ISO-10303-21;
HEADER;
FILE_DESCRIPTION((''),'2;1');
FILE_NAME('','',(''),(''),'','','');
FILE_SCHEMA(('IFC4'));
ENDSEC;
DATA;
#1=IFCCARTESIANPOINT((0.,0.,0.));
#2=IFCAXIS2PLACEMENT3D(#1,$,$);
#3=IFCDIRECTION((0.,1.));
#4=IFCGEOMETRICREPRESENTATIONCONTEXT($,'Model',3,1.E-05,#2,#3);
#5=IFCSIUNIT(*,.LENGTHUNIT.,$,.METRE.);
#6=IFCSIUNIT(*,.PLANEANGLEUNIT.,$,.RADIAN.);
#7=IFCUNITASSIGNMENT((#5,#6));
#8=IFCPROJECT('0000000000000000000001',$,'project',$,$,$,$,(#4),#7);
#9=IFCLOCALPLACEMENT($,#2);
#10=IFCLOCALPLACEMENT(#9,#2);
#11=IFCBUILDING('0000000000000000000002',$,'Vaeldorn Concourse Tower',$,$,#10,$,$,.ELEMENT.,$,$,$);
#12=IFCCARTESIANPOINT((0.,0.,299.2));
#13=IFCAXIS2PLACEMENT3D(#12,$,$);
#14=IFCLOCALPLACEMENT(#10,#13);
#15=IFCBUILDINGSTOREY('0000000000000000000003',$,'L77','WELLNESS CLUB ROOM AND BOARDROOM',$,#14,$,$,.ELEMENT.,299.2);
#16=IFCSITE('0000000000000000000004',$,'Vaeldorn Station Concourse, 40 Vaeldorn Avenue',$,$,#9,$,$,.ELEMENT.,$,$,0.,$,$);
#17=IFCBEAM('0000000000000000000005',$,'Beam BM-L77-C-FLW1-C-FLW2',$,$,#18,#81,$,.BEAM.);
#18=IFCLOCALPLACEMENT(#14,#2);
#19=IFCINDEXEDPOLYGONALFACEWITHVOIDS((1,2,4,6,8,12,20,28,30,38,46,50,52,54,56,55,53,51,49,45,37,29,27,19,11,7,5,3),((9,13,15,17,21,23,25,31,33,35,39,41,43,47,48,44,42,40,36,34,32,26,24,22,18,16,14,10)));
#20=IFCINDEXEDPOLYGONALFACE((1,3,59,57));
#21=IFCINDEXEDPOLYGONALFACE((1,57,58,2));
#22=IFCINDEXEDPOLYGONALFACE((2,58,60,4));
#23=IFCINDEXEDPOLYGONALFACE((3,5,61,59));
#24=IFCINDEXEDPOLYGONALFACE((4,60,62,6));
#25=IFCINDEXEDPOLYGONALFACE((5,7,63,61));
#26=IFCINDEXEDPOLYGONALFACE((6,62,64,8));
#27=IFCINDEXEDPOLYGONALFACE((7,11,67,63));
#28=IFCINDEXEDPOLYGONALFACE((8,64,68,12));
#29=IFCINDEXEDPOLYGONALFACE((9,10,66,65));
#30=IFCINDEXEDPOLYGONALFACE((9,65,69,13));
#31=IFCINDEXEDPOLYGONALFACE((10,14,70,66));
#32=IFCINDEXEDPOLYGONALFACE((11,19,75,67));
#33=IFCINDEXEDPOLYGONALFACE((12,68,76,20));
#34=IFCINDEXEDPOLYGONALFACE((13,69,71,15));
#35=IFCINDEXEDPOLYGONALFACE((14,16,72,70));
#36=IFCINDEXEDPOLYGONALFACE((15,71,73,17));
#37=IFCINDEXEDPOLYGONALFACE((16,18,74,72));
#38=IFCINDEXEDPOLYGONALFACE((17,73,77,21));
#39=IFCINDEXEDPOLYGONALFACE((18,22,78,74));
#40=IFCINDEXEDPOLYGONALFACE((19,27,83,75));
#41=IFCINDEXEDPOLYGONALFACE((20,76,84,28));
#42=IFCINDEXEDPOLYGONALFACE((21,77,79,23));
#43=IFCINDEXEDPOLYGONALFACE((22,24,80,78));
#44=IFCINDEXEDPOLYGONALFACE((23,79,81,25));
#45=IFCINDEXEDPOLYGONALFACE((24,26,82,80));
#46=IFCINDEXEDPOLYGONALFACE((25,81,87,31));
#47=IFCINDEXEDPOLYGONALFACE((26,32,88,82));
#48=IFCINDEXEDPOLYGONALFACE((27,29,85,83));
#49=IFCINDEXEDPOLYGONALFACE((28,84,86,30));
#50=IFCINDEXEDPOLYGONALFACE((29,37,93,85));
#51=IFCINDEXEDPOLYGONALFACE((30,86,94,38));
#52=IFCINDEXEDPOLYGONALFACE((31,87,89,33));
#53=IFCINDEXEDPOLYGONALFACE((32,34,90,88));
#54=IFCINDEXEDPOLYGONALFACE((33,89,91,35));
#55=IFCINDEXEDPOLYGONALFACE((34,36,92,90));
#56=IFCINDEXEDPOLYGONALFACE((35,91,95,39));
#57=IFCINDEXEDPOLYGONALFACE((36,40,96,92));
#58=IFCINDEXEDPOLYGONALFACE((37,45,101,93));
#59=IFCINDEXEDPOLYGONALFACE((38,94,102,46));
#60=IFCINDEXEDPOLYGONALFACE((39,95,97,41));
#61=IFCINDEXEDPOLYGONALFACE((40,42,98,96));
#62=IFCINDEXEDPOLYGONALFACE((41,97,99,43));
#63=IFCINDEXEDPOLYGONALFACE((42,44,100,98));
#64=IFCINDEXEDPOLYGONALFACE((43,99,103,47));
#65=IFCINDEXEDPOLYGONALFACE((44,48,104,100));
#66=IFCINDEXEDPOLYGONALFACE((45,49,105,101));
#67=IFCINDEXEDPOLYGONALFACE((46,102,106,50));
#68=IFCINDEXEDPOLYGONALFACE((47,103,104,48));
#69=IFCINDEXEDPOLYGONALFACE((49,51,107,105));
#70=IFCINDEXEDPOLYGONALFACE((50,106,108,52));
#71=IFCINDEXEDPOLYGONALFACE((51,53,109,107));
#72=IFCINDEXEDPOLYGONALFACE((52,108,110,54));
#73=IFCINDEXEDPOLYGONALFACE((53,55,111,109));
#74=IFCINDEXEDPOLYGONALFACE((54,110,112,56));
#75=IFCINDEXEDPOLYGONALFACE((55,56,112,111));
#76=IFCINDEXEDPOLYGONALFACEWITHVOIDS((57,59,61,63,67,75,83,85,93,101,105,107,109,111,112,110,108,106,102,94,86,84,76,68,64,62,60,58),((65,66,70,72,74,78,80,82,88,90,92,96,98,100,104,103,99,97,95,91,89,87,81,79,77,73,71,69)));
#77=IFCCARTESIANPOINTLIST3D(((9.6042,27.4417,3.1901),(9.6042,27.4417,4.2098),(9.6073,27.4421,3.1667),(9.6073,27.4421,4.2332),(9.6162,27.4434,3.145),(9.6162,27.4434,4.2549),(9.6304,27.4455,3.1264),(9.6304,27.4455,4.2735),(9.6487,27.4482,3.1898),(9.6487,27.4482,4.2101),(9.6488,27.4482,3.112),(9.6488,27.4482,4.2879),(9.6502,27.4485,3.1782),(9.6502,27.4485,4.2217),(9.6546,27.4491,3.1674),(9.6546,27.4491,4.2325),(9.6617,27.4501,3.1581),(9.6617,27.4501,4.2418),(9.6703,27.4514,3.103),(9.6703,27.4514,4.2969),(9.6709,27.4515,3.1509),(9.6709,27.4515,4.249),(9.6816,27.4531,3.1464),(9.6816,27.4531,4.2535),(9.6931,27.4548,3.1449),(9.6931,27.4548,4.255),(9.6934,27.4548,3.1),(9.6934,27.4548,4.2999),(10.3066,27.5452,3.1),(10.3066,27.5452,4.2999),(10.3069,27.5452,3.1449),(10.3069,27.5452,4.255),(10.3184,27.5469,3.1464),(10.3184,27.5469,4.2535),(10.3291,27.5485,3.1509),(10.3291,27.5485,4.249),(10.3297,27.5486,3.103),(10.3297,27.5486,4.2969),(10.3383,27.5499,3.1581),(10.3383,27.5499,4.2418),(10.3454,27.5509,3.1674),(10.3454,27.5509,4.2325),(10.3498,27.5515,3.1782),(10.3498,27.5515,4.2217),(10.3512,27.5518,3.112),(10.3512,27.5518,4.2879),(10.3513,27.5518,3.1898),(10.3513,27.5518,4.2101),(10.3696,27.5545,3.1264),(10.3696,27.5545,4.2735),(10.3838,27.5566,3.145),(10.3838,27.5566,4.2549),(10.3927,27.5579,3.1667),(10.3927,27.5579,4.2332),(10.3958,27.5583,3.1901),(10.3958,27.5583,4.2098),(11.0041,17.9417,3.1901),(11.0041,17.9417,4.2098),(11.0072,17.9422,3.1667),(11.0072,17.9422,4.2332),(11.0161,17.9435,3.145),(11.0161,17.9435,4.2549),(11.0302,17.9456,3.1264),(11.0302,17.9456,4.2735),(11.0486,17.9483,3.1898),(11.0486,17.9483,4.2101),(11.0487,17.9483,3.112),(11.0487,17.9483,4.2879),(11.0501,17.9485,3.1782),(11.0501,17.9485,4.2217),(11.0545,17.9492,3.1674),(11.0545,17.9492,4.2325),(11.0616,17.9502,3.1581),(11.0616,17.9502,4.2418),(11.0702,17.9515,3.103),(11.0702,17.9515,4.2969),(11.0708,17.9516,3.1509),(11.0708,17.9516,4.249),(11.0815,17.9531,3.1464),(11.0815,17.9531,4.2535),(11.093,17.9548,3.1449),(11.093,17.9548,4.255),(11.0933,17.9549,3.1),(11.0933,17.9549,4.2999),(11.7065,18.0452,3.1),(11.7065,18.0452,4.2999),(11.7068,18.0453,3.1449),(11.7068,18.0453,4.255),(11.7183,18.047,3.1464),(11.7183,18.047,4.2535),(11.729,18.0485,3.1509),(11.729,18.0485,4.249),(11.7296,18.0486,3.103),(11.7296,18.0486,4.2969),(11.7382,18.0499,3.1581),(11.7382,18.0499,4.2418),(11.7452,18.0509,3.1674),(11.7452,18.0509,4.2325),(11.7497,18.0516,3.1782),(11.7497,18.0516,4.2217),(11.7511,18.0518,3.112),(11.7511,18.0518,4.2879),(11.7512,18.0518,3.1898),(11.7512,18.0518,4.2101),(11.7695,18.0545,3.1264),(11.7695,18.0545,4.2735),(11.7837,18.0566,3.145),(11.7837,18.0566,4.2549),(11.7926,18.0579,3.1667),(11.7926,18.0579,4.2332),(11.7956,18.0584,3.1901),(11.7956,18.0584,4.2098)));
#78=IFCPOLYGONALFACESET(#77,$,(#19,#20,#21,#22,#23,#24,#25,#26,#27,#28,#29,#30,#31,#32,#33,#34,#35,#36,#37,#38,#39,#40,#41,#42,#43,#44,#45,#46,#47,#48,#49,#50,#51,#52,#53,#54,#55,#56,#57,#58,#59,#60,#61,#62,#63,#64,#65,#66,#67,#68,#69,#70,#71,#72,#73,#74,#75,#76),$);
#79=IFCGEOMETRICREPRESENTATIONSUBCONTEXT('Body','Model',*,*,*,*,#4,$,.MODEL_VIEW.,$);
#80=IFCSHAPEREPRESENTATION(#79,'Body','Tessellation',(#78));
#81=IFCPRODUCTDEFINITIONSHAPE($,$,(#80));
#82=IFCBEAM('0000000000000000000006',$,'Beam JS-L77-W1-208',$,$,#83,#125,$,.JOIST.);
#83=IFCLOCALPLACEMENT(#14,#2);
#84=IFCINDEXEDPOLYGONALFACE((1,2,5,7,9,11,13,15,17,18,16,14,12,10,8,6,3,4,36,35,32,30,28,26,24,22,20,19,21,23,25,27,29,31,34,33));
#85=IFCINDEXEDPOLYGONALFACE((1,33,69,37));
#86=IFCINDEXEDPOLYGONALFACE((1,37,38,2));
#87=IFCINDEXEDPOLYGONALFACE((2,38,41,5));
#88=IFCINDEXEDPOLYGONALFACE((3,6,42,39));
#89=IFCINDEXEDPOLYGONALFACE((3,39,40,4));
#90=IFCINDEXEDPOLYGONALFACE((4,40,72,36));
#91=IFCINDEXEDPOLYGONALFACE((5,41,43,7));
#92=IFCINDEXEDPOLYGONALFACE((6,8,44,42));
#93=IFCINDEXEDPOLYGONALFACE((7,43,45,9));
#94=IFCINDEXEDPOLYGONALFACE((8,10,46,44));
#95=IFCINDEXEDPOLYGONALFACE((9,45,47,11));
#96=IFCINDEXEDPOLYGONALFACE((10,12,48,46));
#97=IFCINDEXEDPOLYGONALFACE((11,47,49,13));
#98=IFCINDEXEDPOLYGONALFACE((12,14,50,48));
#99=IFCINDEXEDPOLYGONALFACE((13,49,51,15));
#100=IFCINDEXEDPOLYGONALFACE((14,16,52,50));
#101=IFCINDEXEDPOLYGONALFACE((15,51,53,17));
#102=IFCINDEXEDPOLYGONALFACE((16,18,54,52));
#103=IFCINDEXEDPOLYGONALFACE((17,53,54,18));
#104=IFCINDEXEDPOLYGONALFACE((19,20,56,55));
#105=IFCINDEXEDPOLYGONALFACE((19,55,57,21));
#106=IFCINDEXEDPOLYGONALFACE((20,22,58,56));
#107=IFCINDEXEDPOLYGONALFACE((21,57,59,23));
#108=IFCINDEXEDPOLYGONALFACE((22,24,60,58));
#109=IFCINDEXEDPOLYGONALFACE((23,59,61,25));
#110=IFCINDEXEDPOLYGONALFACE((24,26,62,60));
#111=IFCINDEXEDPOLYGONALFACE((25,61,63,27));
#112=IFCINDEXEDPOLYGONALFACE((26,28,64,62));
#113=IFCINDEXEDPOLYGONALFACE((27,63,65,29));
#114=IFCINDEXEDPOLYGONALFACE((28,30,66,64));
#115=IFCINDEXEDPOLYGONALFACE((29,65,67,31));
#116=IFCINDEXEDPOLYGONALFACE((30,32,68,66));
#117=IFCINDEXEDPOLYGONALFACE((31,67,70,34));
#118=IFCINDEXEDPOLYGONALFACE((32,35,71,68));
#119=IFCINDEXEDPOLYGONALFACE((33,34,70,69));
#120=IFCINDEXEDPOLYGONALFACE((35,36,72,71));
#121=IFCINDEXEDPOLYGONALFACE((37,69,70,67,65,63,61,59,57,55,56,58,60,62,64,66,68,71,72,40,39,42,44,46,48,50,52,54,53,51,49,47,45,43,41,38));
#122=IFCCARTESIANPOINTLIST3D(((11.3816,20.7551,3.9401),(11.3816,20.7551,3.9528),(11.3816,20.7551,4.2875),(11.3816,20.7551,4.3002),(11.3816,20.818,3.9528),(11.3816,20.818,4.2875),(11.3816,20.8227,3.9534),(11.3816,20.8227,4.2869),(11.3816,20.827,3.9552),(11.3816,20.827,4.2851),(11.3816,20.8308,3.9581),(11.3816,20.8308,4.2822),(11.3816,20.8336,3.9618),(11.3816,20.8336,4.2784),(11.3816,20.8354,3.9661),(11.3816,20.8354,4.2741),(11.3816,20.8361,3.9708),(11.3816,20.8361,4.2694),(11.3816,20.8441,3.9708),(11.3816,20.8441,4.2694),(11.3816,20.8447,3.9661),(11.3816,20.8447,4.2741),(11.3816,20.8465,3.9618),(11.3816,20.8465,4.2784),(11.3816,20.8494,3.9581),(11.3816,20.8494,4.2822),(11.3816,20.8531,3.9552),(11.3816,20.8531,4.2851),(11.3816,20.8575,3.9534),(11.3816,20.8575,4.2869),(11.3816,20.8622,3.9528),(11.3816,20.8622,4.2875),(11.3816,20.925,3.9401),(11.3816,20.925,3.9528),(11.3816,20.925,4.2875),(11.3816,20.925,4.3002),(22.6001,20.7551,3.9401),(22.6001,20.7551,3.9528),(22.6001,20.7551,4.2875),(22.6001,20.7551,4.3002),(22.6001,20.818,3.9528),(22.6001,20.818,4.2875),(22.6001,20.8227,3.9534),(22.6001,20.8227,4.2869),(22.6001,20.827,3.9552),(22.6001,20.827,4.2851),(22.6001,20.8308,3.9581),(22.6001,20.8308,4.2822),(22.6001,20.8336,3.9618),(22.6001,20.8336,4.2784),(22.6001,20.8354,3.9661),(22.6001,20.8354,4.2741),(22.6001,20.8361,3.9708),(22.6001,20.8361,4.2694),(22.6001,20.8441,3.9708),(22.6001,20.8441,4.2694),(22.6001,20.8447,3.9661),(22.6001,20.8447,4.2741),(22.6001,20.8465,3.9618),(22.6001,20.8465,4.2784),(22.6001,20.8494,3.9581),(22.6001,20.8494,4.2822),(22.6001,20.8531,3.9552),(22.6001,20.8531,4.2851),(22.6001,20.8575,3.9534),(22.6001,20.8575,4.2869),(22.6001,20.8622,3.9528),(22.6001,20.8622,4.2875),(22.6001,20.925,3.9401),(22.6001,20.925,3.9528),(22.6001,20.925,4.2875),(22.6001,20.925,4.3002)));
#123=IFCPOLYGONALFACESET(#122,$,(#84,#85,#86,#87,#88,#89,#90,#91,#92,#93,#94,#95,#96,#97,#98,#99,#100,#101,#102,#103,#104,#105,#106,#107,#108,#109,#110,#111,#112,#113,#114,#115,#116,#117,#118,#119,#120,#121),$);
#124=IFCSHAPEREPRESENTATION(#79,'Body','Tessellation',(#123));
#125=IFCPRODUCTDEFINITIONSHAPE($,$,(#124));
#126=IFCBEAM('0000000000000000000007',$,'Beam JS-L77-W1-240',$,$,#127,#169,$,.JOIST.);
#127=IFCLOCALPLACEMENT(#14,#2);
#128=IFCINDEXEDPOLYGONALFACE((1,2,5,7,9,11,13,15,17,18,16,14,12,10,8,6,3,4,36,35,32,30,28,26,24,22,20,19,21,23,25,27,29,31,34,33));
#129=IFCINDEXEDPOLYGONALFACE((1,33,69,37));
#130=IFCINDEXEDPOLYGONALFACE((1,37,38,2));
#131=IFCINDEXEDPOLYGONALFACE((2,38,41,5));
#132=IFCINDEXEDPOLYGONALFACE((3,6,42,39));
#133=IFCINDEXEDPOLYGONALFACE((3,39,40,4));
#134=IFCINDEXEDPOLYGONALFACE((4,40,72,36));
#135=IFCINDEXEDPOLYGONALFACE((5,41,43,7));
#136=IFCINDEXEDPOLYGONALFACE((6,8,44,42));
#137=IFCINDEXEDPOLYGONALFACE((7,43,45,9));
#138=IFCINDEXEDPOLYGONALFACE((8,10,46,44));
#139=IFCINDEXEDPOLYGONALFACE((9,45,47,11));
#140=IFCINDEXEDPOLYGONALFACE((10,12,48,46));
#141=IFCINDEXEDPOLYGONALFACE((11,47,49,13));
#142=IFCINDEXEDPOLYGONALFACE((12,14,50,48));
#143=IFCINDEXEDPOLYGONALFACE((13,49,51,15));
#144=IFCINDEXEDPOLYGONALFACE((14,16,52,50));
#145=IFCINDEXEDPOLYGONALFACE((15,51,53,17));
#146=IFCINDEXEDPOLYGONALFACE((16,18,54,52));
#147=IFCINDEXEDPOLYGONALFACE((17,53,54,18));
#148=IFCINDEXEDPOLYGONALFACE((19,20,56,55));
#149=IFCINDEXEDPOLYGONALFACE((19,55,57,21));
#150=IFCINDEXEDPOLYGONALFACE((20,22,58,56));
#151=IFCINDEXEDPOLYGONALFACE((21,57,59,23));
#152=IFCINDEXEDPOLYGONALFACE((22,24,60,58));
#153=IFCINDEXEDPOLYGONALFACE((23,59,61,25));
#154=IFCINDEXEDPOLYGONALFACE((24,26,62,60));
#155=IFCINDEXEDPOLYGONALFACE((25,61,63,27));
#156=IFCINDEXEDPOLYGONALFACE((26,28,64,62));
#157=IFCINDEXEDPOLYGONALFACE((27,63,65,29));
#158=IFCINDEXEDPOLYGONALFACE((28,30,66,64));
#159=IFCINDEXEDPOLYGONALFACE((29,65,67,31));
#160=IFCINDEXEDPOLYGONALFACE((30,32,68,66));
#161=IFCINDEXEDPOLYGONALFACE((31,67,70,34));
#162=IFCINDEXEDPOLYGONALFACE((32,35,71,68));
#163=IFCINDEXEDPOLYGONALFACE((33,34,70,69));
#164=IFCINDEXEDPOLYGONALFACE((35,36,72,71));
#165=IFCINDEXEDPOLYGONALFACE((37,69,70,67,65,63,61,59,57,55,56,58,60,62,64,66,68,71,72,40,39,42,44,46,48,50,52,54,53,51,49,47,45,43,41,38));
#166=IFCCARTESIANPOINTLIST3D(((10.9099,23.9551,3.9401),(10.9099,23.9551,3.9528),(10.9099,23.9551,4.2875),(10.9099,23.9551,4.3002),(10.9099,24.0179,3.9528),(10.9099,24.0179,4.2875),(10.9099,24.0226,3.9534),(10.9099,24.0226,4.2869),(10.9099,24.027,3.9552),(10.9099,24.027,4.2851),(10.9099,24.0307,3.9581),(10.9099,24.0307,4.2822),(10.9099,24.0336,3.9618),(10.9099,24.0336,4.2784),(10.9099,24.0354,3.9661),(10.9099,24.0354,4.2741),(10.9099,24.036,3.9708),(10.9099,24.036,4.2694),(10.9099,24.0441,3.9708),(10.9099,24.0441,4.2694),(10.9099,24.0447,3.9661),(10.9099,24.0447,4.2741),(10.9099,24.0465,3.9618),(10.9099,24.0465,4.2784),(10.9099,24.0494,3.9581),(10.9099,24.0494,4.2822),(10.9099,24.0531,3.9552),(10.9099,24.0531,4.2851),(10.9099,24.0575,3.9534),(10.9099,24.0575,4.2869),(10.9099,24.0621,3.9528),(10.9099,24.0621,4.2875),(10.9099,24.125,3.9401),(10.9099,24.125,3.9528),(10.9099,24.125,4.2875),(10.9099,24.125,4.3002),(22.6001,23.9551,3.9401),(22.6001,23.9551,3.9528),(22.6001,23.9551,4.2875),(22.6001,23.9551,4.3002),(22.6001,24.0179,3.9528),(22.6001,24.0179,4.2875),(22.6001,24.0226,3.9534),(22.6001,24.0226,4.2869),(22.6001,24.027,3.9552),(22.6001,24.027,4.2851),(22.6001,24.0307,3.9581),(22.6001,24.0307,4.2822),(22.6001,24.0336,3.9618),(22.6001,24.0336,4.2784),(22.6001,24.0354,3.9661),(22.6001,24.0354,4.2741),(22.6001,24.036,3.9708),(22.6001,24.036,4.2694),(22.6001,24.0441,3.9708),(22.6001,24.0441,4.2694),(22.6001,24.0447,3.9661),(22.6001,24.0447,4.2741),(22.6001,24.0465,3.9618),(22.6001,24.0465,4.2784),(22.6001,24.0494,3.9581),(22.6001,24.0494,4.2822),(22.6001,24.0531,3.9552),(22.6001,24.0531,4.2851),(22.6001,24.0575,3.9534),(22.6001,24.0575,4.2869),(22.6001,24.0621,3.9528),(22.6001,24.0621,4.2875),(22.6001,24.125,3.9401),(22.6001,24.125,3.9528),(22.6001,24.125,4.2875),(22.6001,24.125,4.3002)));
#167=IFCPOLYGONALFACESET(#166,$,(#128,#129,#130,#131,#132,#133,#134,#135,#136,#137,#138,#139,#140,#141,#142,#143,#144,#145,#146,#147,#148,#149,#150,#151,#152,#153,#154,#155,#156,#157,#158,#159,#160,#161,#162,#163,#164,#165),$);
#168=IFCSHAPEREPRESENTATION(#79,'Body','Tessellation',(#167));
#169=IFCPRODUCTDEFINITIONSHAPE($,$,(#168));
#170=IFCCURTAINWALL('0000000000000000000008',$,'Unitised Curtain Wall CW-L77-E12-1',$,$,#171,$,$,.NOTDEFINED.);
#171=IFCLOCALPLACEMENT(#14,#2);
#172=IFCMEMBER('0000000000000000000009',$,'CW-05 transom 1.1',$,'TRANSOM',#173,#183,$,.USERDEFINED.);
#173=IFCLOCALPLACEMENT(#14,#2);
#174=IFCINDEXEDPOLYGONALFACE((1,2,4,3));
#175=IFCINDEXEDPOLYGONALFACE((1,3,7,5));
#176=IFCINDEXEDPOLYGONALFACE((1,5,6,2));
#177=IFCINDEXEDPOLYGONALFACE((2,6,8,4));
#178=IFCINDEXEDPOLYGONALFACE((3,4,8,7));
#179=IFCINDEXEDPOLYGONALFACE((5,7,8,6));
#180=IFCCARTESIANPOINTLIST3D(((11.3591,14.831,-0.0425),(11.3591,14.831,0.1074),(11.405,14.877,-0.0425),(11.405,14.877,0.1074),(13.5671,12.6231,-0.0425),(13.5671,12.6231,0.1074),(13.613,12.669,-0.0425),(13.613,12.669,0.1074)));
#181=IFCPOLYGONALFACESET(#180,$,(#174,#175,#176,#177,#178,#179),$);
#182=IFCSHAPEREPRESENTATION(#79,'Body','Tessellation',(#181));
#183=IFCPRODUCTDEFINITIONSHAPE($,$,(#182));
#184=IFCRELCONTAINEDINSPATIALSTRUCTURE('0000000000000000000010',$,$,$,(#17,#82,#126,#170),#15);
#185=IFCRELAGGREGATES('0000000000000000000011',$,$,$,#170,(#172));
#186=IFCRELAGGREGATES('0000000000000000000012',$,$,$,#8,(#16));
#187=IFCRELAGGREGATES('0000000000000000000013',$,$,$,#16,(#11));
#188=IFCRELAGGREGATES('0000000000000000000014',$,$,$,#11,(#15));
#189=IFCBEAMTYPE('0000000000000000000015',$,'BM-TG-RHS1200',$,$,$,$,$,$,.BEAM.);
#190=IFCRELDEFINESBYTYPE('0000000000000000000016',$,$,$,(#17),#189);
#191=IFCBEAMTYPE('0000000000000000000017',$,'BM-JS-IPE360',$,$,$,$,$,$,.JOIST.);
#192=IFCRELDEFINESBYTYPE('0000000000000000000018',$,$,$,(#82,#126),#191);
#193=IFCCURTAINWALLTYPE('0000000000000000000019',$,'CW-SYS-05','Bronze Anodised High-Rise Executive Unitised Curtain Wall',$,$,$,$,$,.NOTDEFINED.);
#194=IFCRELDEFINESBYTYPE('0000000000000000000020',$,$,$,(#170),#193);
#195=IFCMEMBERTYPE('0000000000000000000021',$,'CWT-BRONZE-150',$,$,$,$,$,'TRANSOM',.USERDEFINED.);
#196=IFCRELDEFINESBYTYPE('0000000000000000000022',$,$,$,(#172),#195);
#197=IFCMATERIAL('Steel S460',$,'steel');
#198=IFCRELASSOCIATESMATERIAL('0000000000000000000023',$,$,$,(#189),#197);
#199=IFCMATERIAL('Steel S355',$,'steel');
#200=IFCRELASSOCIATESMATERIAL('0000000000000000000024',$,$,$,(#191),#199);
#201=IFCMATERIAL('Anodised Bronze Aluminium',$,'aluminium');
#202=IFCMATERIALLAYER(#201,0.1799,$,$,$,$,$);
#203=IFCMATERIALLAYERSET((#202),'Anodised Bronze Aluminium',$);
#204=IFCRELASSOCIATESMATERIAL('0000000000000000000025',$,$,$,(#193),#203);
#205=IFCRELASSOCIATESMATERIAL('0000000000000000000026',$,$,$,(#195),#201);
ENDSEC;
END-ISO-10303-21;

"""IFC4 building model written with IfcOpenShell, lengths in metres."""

from ifc_helpers import new_model, si_unit, direction, frame, origin, origin_2d, place, context, subcontext, project, spatial, rectangle, hollow_rectangle, i_section, extrude, source, transform, mapped, material, layer, layer_set, material_profile, profile_set, type_object, element, aggregate, save


model = new_model("IFC4")

# Units and contexts
model_context = context("Model", 3, precision=1e-05, world=origin(), true_north=direction((0.0, 1.0)))
body_context = subcontext(model_context, "Body", "Model", "MODEL_VIEW")
ifc_project = project(units=[si_unit("LENGTHUNIT", "METRE"), si_unit("PLANEANGLEUNIT", "RADIAN")], contexts=[model_context])

# Site, building, storey
site_placement = place(None, origin())
site = spatial("IfcSite", under=ifc_project, at=site_placement, Name="Vaeldorn Station Concourse, 40 Vaeldorn Avenue", CompositionType="ELEMENT", RefElevation=0.0)
building_placement = place(site_placement, origin())
building = spatial("IfcBuilding", under=site, at=building_placement, Name="Vaeldorn Concourse Tower", CompositionType="ELEMENT")
storey_placement = place(building_placement, frame((0.0, 0.0, 299.2)))
storey = spatial("IfcBuildingStorey", under=building, at=storey_placement, Name="L77", Description="WELLNESS CLUB ROOM AND BOARDROOM", CompositionType="ELEMENT", Elevation=299.2)

# Shared definitions
ifc_material_1 = material(Name="Steel S355", Category="steel")

# Beams
ifc_material_2 = material(Name="Steel S460", Category="steel")
ifc_material_profile_1 = material_profile(ifc_material_2, hollow_rectangle(XDim=0.8, YDim=1.2, WallThickness=0.0449, InnerFilletRadius=0.0449, OuterFilletRadius=0.0901, at=origin_2d()), Name="RHS 1200x800x45")
ifc_profile_set_1 = profile_set([ifc_material_profile_1], Name="Steel S460")
beam_type_1 = type_object("IfcBeamType", Name="BM-TG-RHS1200", PredefinedType="BEAM", material=ifc_profile_set_1)
shared_shape_1 = source(origin(), body_context, "Body", "SweptSolid", [
    extrude(hollow_rectangle(XDim=0.8, YDim=1.2, WallThickness=0.0449, InnerFilletRadius=0.0449, OuterFilletRadius=0.0901, at=origin_2d()), origin(), (0.0, 0.0, 1.0), 9.6025),
])
beam_1_placement = place(storey_placement, frame((10.0, 27.5, 3.7), z_axis=(0.145784, -0.989316, 0.0), x_axis=(0.989316, 0.145784, 0.0)))
element("IfcBeam", 1, at=beam_1_placement, inside=storey, type_object=beam_type_1, Name="Beam BM-L77-C-FLW1-C-FLW2", PredefinedType="BEAM", context=body_context, shape_type="MappedRepresentation", body=[
    mapped(shared_shape_1, transform((0.0, 0.0, 0.0), scale=1.0)),
])
ifc_material_profile_2 = material_profile(ifc_material_1, i_section(OverallWidth=0.1699, OverallDepth=0.3601, WebThickness=0.0081, FlangeThickness=0.0127, FilletRadius=0.0181, at=origin_2d()), Name="IPE 360")
ifc_profile_set_2 = profile_set([ifc_material_profile_2], Name="Steel S355")
beam_type_2 = type_object("IfcBeamType", Name="BM-JS-IPE360", PredefinedType="JOIST", material=ifc_profile_set_2)
shared_shape_2 = source(origin(), body_context, "Body", "SweptSolid", [
    extrude(i_section(OverallWidth=0.1699, OverallDepth=0.3601, WebThickness=0.0081, FlangeThickness=0.0127, FilletRadius=0.0181, at=origin_2d()), origin(), (0.0, 0.0, 1.0), 11.2185),
])
beam_2_placement = place(storey_placement, frame((11.3816, 20.8401, 4.1201), z_axis=(1.0, 0.0, 0.0), x_axis=(0.0, 1.0, 0.0)))
element("IfcBeam", 2, at=beam_2_placement, inside=storey, type_object=beam_type_2, Name="Beam JS-L77-W1-208", PredefinedType="JOIST", context=body_context, shape_type="MappedRepresentation", body=[
    mapped(shared_shape_2, transform((0.0, 0.0, 0.0), scale=1.0)),
])
shared_shape_3 = source(origin(), body_context, "Body", "SweptSolid", [
    extrude(i_section(OverallWidth=0.1699, OverallDepth=0.3601, WebThickness=0.0081, FlangeThickness=0.0127, FilletRadius=0.0181, at=origin_2d()), origin(), (0.0, 0.0, 1.0), 11.6902),
])
beam_3_placement = place(storey_placement, frame((10.9099, 24.04, 4.1201), z_axis=(1.0, 0.0, 0.0), x_axis=(0.0, 1.0, 0.0)))
element("IfcBeam", 3, at=beam_3_placement, inside=storey, type_object=beam_type_2, Name="Beam JS-L77-W1-240", PredefinedType="JOIST", context=body_context, shape_type="MappedRepresentation", body=[
    mapped(shared_shape_3, transform((0.0, 0.0, 0.0), scale=1.0)),
])

# Curtain wall, member
ifc_material_3 = material(Name="Anodised Bronze Aluminium", Category="aluminium")
ifc_layer_1 = layer(ifc_material_3, 0.1799)
ifc_layer_set_1 = layer_set([ifc_layer_1], Name="Anodised Bronze Aluminium")
curtain_wall_type = type_object("IfcCurtainWallType", Name="CW-SYS-05", Description="Bronze Anodised High-Rise Executive Unitised Curtain Wall", PredefinedType="NOTDEFINED", material=ifc_layer_set_1)
curtain_wall_1_placement = place(storey_placement, origin())
curtain_wall_1 = element("IfcCurtainWall", 4, at=curtain_wall_1_placement, inside=storey, type_object=curtain_wall_type, Name="Unitised Curtain Wall CW-L77-E12-1", PredefinedType="NOTDEFINED")
ifc_material_profile_3 = material_profile(ifc_material_3, rectangle(XDim=0.0649, YDim=0.1499, at=origin_2d()), Name="CWT 65x150")
ifc_profile_set_3 = profile_set([ifc_material_profile_3], Name="Anodised Bronze Aluminium")
member_type_1 = type_object("IfcMemberType", Name="CWT-BRONZE-150", ElementType="TRANSOM", PredefinedType="USERDEFINED", material=ifc_profile_set_3)
shared_shape_4 = source(origin(), body_context, "Body", "SweptSolid", [
    extrude(rectangle(XDim=0.0649, YDim=0.1499, at=origin_2d()), origin(), (0.0, 0.0, 1.0), 3.1226),
])
member_1_placement = place(storey_placement, frame((11.3821, 14.854, 0.0325), z_axis=(0.707107, -0.707107, 0.0), x_axis=(0.707107, 0.707107, 0.0)))
member_1 = element("IfcMember", 5, at=member_1_placement, type_object=member_type_1, Name="CW-05 transom 1.1", ObjectType="TRANSOM", PredefinedType="USERDEFINED", context=body_context, shape_type="MappedRepresentation", body=[
    mapped(shared_shape_4, transform((0.0, 0.0, 0.0), scale=1.0)),
])

aggregate(curtain_wall_1, [member_1])

save(model, "model.ifc")
